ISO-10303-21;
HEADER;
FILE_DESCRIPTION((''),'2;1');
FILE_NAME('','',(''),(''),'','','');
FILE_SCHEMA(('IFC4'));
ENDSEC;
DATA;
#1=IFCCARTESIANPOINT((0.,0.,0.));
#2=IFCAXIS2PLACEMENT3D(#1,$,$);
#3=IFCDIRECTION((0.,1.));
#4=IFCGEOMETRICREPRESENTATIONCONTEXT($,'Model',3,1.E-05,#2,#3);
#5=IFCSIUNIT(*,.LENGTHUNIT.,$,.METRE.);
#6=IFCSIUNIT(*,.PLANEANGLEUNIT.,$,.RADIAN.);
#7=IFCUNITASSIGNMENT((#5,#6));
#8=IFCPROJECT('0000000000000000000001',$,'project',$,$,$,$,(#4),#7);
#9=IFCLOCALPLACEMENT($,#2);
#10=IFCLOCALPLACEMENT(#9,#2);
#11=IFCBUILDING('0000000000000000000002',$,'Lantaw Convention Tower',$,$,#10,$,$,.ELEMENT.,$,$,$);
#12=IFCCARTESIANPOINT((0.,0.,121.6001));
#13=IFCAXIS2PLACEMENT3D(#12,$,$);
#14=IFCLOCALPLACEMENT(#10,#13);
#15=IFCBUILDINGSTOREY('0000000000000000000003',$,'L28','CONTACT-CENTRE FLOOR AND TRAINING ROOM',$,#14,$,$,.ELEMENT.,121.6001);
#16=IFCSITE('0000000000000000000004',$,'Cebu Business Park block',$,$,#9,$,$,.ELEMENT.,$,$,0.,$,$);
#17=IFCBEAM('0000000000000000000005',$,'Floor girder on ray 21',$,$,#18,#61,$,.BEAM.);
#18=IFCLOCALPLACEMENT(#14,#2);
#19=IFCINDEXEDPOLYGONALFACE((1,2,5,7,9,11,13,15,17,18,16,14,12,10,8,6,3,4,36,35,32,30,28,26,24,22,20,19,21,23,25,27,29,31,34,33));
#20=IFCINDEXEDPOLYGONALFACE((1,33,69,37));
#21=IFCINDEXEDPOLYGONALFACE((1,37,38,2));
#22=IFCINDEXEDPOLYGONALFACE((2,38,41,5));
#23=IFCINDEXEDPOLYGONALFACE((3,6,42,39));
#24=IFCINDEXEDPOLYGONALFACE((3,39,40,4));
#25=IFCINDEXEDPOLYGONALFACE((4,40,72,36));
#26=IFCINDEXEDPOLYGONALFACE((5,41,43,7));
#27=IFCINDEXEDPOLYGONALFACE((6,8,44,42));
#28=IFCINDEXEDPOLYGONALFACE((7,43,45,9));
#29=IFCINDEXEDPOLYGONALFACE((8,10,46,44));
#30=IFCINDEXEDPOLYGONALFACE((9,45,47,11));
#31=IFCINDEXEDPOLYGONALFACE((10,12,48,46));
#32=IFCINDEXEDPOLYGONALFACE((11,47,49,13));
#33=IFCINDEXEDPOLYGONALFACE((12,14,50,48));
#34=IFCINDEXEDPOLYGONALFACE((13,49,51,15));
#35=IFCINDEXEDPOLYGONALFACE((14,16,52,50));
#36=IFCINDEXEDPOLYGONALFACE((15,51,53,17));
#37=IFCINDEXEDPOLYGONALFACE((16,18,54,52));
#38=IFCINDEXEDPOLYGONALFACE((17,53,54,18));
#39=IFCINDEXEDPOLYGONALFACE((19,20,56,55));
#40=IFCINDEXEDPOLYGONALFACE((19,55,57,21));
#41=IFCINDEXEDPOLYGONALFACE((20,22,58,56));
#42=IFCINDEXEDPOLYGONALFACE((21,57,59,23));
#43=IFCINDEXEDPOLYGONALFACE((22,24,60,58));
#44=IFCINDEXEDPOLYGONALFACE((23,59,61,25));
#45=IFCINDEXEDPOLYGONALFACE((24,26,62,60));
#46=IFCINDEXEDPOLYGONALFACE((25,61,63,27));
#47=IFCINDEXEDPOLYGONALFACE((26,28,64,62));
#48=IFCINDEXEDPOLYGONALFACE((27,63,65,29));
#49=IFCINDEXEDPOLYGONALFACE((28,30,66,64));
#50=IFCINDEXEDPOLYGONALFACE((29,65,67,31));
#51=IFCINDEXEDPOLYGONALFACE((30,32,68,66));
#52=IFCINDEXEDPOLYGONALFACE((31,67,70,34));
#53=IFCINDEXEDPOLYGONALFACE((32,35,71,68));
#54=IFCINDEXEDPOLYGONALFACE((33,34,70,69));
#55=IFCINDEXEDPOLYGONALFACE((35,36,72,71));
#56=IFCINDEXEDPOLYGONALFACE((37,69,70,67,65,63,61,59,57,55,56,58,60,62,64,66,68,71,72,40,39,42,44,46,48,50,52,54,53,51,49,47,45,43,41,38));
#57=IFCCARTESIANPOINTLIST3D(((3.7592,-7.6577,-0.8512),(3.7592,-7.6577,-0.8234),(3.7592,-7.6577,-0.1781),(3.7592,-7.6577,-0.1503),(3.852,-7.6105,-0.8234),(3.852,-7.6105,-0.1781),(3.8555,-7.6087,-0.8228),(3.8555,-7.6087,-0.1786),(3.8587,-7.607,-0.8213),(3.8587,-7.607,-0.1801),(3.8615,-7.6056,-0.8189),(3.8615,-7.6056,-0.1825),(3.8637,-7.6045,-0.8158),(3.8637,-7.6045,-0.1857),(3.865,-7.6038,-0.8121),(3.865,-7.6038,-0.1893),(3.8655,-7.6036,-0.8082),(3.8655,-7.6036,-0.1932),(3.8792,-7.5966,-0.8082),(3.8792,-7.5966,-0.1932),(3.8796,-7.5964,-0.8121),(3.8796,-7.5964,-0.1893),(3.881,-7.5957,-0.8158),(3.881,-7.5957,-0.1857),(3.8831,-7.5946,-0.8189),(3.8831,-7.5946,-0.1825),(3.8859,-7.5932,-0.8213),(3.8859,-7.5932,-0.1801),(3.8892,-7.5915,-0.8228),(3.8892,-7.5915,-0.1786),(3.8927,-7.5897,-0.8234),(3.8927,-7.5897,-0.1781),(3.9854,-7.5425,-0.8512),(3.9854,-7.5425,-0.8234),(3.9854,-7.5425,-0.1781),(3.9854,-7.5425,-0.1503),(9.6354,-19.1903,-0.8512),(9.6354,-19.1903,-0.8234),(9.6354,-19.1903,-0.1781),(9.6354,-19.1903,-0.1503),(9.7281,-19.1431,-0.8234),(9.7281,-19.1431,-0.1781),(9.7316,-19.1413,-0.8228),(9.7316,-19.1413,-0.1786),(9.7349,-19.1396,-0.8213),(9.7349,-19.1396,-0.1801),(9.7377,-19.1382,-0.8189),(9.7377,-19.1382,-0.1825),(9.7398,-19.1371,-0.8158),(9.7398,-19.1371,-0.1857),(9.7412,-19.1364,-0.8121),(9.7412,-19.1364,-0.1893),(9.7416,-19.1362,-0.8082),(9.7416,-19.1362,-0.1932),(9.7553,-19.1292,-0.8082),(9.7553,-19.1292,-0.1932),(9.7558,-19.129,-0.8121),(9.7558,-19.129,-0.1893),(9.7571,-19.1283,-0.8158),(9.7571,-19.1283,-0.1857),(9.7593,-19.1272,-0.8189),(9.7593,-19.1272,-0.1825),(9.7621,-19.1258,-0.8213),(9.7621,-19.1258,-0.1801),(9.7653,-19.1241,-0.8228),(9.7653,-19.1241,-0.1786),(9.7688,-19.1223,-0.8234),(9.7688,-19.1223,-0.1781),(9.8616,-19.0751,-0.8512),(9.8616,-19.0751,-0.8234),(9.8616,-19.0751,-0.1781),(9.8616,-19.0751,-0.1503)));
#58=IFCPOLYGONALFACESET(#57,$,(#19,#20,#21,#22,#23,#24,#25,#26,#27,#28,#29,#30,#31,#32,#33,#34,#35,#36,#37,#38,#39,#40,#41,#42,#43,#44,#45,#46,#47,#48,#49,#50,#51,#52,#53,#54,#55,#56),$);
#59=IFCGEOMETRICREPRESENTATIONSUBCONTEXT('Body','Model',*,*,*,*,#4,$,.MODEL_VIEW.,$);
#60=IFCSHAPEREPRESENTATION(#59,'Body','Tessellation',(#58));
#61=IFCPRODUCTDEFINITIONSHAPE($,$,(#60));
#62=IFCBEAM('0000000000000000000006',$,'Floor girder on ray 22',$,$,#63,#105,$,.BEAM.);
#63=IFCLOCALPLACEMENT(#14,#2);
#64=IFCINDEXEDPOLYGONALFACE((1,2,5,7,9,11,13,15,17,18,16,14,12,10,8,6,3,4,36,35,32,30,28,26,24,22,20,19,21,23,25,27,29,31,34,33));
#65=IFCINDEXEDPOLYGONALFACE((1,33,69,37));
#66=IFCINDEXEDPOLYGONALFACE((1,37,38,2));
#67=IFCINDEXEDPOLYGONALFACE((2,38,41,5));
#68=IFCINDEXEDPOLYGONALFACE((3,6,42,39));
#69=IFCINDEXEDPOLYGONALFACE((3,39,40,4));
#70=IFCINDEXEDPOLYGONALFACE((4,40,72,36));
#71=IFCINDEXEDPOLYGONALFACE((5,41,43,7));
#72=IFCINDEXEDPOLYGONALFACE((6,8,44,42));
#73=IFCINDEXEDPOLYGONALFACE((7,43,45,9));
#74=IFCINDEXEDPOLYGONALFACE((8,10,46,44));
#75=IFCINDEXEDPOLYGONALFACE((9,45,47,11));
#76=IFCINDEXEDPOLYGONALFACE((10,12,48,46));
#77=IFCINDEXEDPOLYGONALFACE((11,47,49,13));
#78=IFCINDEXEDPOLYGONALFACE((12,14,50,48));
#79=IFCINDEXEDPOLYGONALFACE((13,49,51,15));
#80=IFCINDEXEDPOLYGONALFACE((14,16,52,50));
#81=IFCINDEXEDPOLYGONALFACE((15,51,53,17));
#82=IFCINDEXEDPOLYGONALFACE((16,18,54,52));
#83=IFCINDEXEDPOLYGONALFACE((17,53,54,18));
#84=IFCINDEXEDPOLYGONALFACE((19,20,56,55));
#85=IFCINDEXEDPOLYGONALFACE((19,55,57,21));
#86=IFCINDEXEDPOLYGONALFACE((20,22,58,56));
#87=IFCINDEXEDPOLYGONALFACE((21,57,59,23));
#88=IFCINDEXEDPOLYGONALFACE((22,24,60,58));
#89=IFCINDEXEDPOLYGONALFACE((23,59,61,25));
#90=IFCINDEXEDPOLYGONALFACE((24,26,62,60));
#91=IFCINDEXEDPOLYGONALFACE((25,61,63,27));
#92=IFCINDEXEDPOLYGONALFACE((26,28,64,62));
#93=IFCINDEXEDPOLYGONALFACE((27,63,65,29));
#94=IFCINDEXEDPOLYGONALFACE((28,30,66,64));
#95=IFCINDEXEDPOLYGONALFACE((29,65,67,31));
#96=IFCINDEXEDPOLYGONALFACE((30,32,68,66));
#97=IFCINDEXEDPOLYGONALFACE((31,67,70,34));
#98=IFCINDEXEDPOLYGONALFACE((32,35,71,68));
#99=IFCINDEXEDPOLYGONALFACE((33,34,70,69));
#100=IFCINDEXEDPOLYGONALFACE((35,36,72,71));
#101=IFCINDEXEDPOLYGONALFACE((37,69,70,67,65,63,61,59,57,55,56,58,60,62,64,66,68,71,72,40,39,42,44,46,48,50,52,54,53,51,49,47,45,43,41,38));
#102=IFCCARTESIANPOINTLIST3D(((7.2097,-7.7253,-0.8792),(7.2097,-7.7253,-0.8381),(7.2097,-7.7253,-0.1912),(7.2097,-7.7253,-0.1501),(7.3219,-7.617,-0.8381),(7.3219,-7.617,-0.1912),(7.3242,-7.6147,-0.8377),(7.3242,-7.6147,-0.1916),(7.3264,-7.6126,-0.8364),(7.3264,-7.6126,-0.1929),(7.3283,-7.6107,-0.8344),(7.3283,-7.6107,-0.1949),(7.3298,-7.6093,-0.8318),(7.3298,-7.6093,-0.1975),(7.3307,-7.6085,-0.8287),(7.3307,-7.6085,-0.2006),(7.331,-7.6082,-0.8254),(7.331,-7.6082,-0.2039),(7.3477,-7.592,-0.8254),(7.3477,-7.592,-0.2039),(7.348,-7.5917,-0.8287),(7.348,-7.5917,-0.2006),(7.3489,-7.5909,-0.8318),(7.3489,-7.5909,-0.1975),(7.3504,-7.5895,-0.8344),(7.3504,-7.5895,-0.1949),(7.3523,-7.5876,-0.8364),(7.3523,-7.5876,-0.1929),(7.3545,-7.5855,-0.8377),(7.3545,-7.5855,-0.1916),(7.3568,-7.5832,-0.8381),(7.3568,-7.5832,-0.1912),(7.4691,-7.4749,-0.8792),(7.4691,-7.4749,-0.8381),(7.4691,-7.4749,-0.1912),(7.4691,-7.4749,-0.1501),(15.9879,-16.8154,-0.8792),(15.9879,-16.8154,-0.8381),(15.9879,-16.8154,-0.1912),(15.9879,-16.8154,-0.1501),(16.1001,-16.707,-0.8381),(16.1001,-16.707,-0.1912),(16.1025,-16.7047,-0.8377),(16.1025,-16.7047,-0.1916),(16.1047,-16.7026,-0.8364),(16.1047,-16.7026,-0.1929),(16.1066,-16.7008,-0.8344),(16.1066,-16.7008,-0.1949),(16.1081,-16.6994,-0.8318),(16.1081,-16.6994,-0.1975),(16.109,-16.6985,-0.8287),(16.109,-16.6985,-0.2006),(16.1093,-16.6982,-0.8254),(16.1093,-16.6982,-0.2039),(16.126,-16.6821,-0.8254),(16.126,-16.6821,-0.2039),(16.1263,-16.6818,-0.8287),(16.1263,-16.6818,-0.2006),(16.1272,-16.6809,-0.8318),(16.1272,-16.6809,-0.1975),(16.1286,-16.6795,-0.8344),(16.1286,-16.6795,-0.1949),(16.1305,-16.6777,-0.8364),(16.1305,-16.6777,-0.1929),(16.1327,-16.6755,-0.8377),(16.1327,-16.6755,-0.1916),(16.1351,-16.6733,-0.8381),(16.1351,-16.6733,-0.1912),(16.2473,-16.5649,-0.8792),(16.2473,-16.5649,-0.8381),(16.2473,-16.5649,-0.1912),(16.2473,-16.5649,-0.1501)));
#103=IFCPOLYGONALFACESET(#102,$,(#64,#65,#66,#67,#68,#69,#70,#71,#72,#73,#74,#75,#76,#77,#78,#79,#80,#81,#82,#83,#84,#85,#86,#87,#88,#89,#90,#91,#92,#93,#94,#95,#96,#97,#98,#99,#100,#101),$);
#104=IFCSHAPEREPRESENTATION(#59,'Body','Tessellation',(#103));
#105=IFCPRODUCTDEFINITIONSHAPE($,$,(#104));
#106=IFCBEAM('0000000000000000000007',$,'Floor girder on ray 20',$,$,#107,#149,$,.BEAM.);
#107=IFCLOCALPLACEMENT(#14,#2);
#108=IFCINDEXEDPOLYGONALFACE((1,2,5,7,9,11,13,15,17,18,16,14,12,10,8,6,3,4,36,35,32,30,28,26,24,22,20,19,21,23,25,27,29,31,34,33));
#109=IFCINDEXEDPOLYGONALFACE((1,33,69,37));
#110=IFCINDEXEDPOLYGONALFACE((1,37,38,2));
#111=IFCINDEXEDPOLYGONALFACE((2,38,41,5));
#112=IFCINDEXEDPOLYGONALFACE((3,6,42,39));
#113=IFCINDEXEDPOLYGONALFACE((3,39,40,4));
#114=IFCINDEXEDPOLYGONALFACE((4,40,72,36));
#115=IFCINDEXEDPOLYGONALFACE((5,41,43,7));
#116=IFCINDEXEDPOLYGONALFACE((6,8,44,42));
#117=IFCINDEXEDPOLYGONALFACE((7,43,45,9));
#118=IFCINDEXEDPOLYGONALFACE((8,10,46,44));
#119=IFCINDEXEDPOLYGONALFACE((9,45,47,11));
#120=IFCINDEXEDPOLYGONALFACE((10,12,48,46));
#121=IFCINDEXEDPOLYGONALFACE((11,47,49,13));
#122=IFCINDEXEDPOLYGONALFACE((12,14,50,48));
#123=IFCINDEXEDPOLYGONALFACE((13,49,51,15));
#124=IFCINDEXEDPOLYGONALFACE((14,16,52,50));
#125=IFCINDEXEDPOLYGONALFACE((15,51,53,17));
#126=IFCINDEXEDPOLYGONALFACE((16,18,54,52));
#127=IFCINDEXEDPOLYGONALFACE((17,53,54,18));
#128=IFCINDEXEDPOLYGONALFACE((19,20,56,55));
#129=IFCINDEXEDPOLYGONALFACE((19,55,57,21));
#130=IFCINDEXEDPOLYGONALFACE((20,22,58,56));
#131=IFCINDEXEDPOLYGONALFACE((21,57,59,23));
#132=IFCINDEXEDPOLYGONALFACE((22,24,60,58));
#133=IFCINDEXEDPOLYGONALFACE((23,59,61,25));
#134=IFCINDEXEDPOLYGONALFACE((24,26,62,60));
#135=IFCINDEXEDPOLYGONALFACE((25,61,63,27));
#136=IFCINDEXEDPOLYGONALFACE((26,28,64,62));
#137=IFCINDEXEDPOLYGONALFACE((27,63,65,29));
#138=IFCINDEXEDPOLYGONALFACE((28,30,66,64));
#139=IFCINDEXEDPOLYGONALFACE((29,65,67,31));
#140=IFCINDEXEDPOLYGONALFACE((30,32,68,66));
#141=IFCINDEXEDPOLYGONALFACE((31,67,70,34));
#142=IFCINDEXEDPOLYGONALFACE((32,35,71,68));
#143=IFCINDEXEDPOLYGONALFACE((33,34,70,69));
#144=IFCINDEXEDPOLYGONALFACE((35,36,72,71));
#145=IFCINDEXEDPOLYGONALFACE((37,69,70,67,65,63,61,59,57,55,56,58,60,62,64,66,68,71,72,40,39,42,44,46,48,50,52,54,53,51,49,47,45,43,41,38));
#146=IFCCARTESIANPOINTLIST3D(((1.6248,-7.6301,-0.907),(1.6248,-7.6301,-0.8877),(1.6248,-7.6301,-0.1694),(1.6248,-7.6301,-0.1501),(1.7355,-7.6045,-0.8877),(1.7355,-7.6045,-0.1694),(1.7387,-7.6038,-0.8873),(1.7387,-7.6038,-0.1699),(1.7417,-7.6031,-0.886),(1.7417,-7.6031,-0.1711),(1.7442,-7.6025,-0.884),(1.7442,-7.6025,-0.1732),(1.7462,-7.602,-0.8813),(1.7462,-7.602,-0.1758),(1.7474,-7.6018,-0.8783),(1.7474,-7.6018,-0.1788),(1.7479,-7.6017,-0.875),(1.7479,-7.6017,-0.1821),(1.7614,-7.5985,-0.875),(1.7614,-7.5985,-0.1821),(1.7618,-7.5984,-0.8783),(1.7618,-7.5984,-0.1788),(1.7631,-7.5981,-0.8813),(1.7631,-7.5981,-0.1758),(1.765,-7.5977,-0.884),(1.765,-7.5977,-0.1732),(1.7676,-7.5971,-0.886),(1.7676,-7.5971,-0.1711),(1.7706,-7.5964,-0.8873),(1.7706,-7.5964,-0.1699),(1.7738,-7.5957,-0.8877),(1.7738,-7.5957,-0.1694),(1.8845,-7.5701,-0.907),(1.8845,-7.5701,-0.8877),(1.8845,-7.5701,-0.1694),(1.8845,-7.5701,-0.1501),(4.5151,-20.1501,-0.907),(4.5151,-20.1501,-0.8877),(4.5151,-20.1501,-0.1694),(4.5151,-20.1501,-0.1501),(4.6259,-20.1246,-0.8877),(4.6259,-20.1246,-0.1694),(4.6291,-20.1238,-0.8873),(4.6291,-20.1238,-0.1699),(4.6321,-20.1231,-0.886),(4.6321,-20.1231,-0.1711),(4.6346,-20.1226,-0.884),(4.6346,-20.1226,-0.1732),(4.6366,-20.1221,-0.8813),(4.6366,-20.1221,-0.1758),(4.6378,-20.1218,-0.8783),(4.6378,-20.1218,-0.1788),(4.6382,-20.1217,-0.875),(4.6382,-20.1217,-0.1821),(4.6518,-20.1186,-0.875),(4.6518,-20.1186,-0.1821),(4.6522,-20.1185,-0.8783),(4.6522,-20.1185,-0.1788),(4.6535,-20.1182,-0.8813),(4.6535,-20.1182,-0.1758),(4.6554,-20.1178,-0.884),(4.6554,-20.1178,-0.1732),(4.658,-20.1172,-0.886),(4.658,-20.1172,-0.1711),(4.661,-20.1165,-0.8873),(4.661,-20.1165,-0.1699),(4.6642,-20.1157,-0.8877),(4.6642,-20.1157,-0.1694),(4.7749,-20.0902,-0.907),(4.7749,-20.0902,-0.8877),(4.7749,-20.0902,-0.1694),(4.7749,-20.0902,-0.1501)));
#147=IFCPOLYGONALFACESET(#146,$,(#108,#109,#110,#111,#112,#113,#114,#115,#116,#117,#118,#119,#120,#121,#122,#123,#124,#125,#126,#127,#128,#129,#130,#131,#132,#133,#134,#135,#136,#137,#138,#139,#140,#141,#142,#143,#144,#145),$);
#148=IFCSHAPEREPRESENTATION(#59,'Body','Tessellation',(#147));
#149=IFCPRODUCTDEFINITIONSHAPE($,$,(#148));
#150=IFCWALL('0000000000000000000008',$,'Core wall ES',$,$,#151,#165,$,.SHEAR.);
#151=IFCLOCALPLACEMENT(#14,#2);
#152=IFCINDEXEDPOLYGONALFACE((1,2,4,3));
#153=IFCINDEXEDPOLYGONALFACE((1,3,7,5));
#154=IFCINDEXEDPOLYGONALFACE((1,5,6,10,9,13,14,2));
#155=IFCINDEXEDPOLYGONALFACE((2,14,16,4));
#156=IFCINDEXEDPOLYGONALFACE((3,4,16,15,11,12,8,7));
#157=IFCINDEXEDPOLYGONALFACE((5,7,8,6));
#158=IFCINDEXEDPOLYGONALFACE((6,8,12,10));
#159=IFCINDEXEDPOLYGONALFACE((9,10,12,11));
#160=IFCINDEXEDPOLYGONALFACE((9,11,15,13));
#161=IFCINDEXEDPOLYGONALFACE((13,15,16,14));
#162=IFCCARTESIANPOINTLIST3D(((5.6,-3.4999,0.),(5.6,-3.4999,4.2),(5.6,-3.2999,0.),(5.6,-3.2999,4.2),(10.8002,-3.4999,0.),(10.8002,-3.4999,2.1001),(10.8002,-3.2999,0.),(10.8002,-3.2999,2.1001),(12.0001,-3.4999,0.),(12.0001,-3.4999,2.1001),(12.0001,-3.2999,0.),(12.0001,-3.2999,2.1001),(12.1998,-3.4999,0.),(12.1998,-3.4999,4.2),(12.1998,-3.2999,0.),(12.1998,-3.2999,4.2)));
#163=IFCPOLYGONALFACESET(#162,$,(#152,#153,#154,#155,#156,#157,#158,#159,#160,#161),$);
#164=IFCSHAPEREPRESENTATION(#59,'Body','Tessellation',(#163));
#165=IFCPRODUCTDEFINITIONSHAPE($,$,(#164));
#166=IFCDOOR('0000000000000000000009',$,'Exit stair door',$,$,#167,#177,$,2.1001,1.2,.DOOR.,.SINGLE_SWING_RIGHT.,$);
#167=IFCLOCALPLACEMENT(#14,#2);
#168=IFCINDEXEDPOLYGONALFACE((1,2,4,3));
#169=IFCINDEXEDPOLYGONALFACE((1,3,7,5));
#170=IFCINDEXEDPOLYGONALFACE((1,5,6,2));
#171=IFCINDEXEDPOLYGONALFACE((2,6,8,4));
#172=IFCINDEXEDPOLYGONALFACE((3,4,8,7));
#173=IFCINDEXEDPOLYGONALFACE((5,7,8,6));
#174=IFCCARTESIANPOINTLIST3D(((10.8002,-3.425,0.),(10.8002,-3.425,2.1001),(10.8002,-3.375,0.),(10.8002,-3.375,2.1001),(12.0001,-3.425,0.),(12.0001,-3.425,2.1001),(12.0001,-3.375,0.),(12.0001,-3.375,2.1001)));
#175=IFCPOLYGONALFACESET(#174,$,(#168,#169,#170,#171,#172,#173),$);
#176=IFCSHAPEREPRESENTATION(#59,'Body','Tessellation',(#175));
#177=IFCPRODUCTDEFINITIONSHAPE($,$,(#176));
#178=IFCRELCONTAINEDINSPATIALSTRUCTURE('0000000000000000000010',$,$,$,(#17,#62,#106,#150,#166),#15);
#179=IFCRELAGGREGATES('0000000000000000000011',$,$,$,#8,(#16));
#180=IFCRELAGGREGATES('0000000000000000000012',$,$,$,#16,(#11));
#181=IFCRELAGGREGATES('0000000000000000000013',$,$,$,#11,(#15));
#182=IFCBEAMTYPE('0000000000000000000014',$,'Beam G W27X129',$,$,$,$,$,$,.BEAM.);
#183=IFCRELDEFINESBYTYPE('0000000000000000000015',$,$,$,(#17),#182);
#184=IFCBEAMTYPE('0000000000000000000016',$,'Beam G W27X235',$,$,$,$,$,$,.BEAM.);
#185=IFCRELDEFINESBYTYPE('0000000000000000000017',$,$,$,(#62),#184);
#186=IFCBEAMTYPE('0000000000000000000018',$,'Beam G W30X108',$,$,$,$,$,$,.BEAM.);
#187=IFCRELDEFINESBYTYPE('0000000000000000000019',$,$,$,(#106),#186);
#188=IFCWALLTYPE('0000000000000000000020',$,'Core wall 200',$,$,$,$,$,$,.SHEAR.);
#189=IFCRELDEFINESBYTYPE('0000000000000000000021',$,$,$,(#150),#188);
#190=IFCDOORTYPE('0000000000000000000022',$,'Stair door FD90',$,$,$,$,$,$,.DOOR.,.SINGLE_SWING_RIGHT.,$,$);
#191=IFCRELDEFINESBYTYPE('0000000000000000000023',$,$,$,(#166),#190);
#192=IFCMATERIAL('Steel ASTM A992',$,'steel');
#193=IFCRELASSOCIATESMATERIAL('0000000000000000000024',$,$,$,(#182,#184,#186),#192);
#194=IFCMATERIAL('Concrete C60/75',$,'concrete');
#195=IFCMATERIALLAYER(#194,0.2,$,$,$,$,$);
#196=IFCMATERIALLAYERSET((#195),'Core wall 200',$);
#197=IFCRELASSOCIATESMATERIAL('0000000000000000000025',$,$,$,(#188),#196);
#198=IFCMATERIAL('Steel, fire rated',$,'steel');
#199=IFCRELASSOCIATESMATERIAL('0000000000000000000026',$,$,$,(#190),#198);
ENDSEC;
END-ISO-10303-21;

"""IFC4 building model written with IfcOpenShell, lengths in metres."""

from ifc_helpers import new_model, si_unit, direction, frame, frame_2d, origin, origin_2d, place, context, subcontext, project, spatial, rectangle, i_section, extrude, material, layer, layer_set, material_profile, profile_set, type_object, element, fill, save


model = new_model("IFC4")

# Units and contexts
model_context = context("Model", 3, precision=1e-05, world=origin(), true_north=direction((0.0, 1.0)))
body_context = subcontext(model_context, "Body", "Model", "MODEL_VIEW")
ifc_project = project(units=[si_unit("LENGTHUNIT", "METRE"), si_unit("PLANEANGLEUNIT", "RADIAN")], contexts=[model_context])

# Site, building, storey
site_placement = place(None, origin())
site = spatial("IfcSite", under=ifc_project, at=site_placement, Name="Cebu Business Park block", CompositionType="ELEMENT", RefElevation=0.0)
building_placement = place(site_placement, origin())
building = spatial("IfcBuilding", under=site, at=building_placement, Name="Lantaw Convention Tower", CompositionType="ELEMENT")
storey_placement = place(building_placement, frame((0.0, 0.0, 121.6001)))
storey = spatial("IfcBuildingStorey", under=building, at=storey_placement, Name="L28", Description="CONTACT-CENTRE FLOOR AND TRAINING ROOM", CompositionType="ELEMENT", Elevation=121.6001)

# Beams
ifc_material_1 = material(Name="Steel ASTM A992", Category="steel")
ifc_material_profile_1 = material_profile(ifc_material_1, i_section(OverallWidth=0.2539, OverallDepth=0.7009, WebThickness=0.0154, FlangeThickness=0.0278, FilletRadius=0.0151, at=origin_2d()), Name="W27X129")
ifc_profile_set_1 = profile_set([ifc_material_profile_1], Name="Steel ASTM A992")
beam_type_1 = type_object("IfcBeamType", Name="Beam G W27X129", PredefinedType="BEAM", material=ifc_profile_set_1)
beam_1_placement = place(storey_placement, frame((3.8723, -7.6001, -0.5007), z_axis=(0.453991, -0.891006, 0.0), x_axis=(0.891006, 0.453991, 0.0)))
element("IfcBeam", 1, at=beam_1_placement, inside=storey, type_object=beam_type_1, Name="Floor girder on ray 21", PredefinedType="BEAM", context=body_context, shape_type="SweptSolid", body=[
    extrude(i_section(OverallWidth=0.2539, OverallDepth=0.7009, WebThickness=0.0154, FlangeThickness=0.0278, FilletRadius=0.0151, at=origin_2d()), origin(), (0.0, 0.0, 1.0), 12.9434),
])
ifc_material_profile_2 = material_profile(ifc_material_1, i_section(OverallWidth=0.3606, OverallDepth=0.729, WebThickness=0.0232, FlangeThickness=0.041, FilletRadius=0.0127, at=origin_2d()), Name="W27X235")
ifc_profile_set_2 = profile_set([ifc_material_profile_2], Name="Steel ASTM A992")
beam_type_2 = type_object("IfcBeamType", Name="Beam G W27X235", PredefinedType="BEAM", material=ifc_profile_set_2)
beam_2_placement = place(storey_placement, frame((7.3394, -7.6001, -0.5146), z_axis=(0.694663, -0.719335, 0.0), x_axis=(0.719335, 0.694663, 0.0)))
element("IfcBeam", 2, at=beam_2_placement, inside=storey, type_object=beam_type_2, Name="Floor girder on ray 22", PredefinedType="BEAM", context=body_context, shape_type="SweptSolid", body=[
    extrude(i_section(OverallWidth=0.3606, OverallDepth=0.729, WebThickness=0.0232, FlangeThickness=0.041, FilletRadius=0.0127, at=origin_2d()), origin(), (0.0, 0.0, 1.0), 12.6367),
])
ifc_material_profile_3 = material_profile(ifc_material_1, i_section(OverallWidth=0.2666, OverallDepth=0.7568, WebThickness=0.0139, FlangeThickness=0.0193, FilletRadius=0.0127, at=origin_2d()), Name="W30X108")
ifc_profile_set_3 = profile_set([ifc_material_profile_3], Name="Steel ASTM A992")
beam_type_3 = type_object("IfcBeamType", Name="Beam G W30X108", PredefinedType="BEAM", material=ifc_profile_set_3)
beam_3_placement = place(storey_placement, frame((1.7546, -7.6001, -0.5286), z_axis=(0.224944, -0.974372, 0.0), x_axis=(0.974372, 0.224944, 0.0)))
element("IfcBeam", 3, at=beam_3_placement, inside=storey, type_object=beam_type_3, Name="Floor girder on ray 20", PredefinedType="BEAM", context=body_context, shape_type="SweptSolid", body=[
    extrude(i_section(OverallWidth=0.2666, OverallDepth=0.7568, WebThickness=0.0139, FlangeThickness=0.0193, FilletRadius=0.0127, at=origin_2d()), origin(), (0.0, 0.0, 1.0), 12.8494),
])

# Wall, opening, door
ifc_material_2 = material(Name="Concrete C60/75", Category="concrete")
ifc_layer_1 = layer(ifc_material_2, 0.2)
ifc_layer_set_1 = layer_set([ifc_layer_1], Name="Core wall 200")
wall_type_1 = type_object("IfcWallType", Name="Core wall 200", PredefinedType="SHEAR", material=ifc_layer_set_1)
wall_1_placement = place(storey_placement, frame((5.6001, -3.3999, 0.0), z_axis=(0.0, 0.0, 1.0), x_axis=(1.0, 0.0, 0.0)))
wall_1 = element("IfcWall", 4, at=wall_1_placement, inside=storey, type_object=wall_type_1, Name="Core wall ES", PredefinedType="SHEAR", context=body_context, shape_type="SweptSolid", body=[
    extrude(rectangle(XDim=6.5999, YDim=0.2, at=frame_2d((3.2998, 0.0))), origin(), (0.0, 0.0, 1.0), 4.2),
])
opening_1_placement = place(wall_1_placement, frame((5.2, 0.0, 0.0)))
opening_1 = element("IfcOpeningElement", 5, at=opening_1_placement, cuts=wall_1, PredefinedType="OPENING", context=body_context, shape_type="SweptSolid", body=[
    extrude(rectangle(XDim=1.2, YDim=2.1001, at=frame_2d((0.6001, 1.05))), frame((0.0, 0.1099, 0.0), z_axis=(0.0, -1.0, 0.0), x_axis=(1.0, 0.0, 0.0)), (0.0, 0.0, 1.0), 0.22),
])
ifc_material_3 = material(Name="Steel, fire rated", Category="steel")
door_type_1 = type_object("IfcDoorType", Name="Stair door FD90", OperationType="SINGLE_SWING_RIGHT", PredefinedType="DOOR", material=ifc_material_3)
door_1_placement = place(opening_1_placement, origin())
door_1 = element("IfcDoor", 6, at=door_1_placement, inside=storey, type_object=door_type_1, Name="Exit stair door", OperationType="SINGLE_SWING_RIGHT", OverallHeight=2.1001, OverallWidth=1.2, PredefinedType="DOOR", context=body_context, shape_type="SweptSolid", body=[
    extrude(rectangle(XDim=1.2, YDim=2.1001, at=frame_2d((0.6001, 1.05))), frame((0.0, 0.0249, 0.0), z_axis=(0.0, -1.0, 0.0), x_axis=(1.0, 0.0, 0.0)), (0.0, 0.0, 1.0), 0.05),
])
fill(opening_1, door_1)

save(model, "model.ifc")
